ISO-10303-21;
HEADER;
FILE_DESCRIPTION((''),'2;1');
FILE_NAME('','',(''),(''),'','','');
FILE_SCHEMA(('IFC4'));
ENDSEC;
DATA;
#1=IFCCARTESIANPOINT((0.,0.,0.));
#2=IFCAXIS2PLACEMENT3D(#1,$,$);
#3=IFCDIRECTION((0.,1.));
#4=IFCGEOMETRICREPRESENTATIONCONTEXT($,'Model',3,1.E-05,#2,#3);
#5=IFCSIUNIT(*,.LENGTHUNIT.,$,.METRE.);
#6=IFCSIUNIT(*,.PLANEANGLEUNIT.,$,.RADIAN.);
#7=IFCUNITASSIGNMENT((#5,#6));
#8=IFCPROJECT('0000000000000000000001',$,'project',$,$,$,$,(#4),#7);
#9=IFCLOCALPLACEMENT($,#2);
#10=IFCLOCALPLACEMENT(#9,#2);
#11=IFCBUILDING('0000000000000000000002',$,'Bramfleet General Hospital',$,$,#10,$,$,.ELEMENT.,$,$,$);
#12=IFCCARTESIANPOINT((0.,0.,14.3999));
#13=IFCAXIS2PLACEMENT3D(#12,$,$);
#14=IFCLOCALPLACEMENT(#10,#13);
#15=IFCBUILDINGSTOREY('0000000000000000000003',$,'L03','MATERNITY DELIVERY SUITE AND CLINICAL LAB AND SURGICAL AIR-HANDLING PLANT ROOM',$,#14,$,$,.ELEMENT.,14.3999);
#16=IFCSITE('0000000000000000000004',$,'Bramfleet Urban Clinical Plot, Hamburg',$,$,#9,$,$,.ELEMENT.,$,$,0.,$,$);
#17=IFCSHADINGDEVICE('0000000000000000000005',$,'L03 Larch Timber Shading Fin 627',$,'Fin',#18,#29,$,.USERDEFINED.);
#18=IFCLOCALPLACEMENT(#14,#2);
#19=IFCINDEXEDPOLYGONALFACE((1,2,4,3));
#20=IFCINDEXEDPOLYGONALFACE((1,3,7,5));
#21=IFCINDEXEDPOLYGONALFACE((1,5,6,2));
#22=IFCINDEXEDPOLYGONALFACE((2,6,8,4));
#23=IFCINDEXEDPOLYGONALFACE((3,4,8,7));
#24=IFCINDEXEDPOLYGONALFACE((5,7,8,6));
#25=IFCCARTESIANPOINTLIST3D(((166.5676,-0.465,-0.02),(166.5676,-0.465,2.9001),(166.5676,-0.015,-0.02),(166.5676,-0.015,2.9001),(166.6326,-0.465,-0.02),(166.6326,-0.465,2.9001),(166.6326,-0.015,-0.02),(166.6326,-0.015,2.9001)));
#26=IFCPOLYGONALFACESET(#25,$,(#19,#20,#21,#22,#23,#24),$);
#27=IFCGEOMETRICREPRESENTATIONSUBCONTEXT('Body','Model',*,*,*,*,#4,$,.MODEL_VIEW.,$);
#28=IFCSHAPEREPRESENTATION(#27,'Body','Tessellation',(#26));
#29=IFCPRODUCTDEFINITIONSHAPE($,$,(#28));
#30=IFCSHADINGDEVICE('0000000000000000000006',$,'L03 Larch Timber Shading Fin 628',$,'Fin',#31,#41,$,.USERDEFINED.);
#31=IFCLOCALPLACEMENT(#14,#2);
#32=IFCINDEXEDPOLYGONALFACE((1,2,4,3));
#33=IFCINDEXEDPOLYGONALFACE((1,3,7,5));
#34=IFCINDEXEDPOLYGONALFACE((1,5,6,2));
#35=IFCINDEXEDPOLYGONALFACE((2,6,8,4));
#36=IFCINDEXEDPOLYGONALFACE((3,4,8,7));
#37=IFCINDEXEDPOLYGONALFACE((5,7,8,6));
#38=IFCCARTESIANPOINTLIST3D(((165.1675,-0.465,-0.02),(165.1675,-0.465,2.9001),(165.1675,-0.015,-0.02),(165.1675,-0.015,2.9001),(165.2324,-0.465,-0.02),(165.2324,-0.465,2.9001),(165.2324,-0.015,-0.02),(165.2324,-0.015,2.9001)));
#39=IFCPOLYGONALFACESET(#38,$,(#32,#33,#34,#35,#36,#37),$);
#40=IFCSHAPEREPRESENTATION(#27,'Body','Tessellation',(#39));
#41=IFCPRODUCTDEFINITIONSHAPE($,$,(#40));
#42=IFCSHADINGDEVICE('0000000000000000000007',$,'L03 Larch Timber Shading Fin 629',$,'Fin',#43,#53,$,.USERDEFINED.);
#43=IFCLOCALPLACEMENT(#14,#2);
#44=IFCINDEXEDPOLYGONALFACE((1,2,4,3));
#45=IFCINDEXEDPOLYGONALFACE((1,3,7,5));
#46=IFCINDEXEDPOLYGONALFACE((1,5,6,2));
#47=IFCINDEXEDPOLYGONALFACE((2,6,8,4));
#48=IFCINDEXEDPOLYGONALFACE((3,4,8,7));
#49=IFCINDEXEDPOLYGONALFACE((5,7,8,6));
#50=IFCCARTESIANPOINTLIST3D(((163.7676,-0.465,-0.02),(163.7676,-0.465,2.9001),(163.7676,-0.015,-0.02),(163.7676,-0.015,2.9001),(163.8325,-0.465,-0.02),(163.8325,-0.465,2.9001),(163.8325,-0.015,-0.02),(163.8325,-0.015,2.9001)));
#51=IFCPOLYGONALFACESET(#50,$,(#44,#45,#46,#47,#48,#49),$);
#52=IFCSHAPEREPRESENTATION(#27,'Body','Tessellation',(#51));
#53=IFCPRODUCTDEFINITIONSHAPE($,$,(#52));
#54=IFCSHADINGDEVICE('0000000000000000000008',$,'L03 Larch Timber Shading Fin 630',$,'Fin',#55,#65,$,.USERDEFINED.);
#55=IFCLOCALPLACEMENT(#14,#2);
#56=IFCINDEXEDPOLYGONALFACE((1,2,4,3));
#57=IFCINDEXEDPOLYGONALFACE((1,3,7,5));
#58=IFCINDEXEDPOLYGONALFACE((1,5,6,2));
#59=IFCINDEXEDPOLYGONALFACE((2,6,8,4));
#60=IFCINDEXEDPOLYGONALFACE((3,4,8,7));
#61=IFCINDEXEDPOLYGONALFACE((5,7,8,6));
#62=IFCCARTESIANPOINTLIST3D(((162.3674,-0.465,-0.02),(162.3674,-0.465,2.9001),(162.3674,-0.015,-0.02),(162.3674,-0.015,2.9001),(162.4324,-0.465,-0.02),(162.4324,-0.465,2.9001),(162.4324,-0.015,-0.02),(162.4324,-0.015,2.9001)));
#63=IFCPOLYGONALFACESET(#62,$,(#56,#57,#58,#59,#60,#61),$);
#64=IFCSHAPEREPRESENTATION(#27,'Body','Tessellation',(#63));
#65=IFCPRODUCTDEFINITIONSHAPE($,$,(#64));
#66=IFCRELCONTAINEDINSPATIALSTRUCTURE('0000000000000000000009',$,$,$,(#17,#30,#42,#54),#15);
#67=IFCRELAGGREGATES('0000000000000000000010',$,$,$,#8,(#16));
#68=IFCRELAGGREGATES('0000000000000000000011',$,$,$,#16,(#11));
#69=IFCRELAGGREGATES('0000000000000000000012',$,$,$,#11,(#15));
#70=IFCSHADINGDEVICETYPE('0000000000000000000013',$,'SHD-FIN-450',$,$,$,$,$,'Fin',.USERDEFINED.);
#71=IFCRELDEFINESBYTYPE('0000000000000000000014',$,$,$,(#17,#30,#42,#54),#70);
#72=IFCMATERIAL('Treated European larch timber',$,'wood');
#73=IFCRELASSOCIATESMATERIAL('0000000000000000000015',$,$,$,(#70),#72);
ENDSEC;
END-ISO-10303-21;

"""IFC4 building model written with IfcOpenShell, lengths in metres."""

from ifc_helpers import new_model, si_unit, direction, frame, origin, origin_2d, place, context, subcontext, project, spatial, rectangle, extrude, material, material_profile, profile_set, type_object, element, save


model = new_model("IFC4")

# Units and contexts
model_context = context("Model", 3, precision=1e-05, world=origin(), true_north=direction((0.0, 1.0)))
body_context = subcontext(model_context, "Body", "Model", "MODEL_VIEW")
ifc_project = project(units=[si_unit("LENGTHUNIT", "METRE"), si_unit("PLANEANGLEUNIT", "RADIAN")], contexts=[model_context])

# Site, building, storey
site_placement = place(None, origin())
site = spatial("IfcSite", under=ifc_project, at=site_placement, Name="Bramfleet Urban Clinical Plot, Hamburg", CompositionType="ELEMENT", RefElevation=0.0)
building_placement = place(site_placement, origin())
building = spatial("IfcBuilding", under=site, at=building_placement, Name="Bramfleet General Hospital", CompositionType="ELEMENT")
storey_placement = place(building_placement, frame((0.0, 0.0, 14.3999)))
storey = spatial("IfcBuildingStorey", under=building, at=storey_placement, Name="L03", Description="MATERNITY DELIVERY SUITE AND CLINICAL LAB AND SURGICAL AIR-HANDLING PLANT ROOM", CompositionType="ELEMENT", Elevation=14.3999)

# Shading devices
ifc_material_1 = material(Name="Treated European larch timber", Category="wood")
ifc_material_profile_1 = material_profile(ifc_material_1, rectangle(XDim=0.0649, YDim=0.45, at=origin_2d()), Name="LARCH FIN 450x65")
ifc_profile_set_1 = profile_set([ifc_material_profile_1], Name="Treated European larch timber")
shading_device_type = type_object("IfcShadingDeviceType", Name="SHD-FIN-450", ElementType="Fin", PredefinedType="USERDEFINED", material=ifc_profile_set_1)
for number, where, z_axis, x_axis, name in (
    (1, (166.6001, -0.24, -0.02), (0.0, 0.0, 1.0), (-1.0, 0.0, 0.0), "L03 Larch Timber Shading Fin 627"),
    (2, (165.2, -0.24, -0.02), (0.0, 0.0, 1.0), (-1.0, 0.0, 0.0), "L03 Larch Timber Shading Fin 628"),
    (3, (163.8, -0.24, -0.02), (0.0, 0.0, 1.0), (-1.0, 0.0, 0.0), "L03 Larch Timber Shading Fin 629"),
    (4, (162.3999, -0.24, -0.02), (0.0, 0.0, 1.0), (-1.0, 0.0, 0.0), "L03 Larch Timber Shading Fin 630"),
):
    element("IfcShadingDevice", number, at=place(storey_placement, frame(where, z_axis=z_axis, x_axis=x_axis)), inside=storey, type_object=shading_device_type, Name=name, ObjectType="Fin", PredefinedType="USERDEFINED", context=body_context, shape_type="SweptSolid", body=[
        extrude(rectangle(XDim=0.0649, YDim=0.45, at=origin_2d()), origin(), (0.0, 0.0, 1.0), 2.9202),
    ])

save(model, "model.ifc")
